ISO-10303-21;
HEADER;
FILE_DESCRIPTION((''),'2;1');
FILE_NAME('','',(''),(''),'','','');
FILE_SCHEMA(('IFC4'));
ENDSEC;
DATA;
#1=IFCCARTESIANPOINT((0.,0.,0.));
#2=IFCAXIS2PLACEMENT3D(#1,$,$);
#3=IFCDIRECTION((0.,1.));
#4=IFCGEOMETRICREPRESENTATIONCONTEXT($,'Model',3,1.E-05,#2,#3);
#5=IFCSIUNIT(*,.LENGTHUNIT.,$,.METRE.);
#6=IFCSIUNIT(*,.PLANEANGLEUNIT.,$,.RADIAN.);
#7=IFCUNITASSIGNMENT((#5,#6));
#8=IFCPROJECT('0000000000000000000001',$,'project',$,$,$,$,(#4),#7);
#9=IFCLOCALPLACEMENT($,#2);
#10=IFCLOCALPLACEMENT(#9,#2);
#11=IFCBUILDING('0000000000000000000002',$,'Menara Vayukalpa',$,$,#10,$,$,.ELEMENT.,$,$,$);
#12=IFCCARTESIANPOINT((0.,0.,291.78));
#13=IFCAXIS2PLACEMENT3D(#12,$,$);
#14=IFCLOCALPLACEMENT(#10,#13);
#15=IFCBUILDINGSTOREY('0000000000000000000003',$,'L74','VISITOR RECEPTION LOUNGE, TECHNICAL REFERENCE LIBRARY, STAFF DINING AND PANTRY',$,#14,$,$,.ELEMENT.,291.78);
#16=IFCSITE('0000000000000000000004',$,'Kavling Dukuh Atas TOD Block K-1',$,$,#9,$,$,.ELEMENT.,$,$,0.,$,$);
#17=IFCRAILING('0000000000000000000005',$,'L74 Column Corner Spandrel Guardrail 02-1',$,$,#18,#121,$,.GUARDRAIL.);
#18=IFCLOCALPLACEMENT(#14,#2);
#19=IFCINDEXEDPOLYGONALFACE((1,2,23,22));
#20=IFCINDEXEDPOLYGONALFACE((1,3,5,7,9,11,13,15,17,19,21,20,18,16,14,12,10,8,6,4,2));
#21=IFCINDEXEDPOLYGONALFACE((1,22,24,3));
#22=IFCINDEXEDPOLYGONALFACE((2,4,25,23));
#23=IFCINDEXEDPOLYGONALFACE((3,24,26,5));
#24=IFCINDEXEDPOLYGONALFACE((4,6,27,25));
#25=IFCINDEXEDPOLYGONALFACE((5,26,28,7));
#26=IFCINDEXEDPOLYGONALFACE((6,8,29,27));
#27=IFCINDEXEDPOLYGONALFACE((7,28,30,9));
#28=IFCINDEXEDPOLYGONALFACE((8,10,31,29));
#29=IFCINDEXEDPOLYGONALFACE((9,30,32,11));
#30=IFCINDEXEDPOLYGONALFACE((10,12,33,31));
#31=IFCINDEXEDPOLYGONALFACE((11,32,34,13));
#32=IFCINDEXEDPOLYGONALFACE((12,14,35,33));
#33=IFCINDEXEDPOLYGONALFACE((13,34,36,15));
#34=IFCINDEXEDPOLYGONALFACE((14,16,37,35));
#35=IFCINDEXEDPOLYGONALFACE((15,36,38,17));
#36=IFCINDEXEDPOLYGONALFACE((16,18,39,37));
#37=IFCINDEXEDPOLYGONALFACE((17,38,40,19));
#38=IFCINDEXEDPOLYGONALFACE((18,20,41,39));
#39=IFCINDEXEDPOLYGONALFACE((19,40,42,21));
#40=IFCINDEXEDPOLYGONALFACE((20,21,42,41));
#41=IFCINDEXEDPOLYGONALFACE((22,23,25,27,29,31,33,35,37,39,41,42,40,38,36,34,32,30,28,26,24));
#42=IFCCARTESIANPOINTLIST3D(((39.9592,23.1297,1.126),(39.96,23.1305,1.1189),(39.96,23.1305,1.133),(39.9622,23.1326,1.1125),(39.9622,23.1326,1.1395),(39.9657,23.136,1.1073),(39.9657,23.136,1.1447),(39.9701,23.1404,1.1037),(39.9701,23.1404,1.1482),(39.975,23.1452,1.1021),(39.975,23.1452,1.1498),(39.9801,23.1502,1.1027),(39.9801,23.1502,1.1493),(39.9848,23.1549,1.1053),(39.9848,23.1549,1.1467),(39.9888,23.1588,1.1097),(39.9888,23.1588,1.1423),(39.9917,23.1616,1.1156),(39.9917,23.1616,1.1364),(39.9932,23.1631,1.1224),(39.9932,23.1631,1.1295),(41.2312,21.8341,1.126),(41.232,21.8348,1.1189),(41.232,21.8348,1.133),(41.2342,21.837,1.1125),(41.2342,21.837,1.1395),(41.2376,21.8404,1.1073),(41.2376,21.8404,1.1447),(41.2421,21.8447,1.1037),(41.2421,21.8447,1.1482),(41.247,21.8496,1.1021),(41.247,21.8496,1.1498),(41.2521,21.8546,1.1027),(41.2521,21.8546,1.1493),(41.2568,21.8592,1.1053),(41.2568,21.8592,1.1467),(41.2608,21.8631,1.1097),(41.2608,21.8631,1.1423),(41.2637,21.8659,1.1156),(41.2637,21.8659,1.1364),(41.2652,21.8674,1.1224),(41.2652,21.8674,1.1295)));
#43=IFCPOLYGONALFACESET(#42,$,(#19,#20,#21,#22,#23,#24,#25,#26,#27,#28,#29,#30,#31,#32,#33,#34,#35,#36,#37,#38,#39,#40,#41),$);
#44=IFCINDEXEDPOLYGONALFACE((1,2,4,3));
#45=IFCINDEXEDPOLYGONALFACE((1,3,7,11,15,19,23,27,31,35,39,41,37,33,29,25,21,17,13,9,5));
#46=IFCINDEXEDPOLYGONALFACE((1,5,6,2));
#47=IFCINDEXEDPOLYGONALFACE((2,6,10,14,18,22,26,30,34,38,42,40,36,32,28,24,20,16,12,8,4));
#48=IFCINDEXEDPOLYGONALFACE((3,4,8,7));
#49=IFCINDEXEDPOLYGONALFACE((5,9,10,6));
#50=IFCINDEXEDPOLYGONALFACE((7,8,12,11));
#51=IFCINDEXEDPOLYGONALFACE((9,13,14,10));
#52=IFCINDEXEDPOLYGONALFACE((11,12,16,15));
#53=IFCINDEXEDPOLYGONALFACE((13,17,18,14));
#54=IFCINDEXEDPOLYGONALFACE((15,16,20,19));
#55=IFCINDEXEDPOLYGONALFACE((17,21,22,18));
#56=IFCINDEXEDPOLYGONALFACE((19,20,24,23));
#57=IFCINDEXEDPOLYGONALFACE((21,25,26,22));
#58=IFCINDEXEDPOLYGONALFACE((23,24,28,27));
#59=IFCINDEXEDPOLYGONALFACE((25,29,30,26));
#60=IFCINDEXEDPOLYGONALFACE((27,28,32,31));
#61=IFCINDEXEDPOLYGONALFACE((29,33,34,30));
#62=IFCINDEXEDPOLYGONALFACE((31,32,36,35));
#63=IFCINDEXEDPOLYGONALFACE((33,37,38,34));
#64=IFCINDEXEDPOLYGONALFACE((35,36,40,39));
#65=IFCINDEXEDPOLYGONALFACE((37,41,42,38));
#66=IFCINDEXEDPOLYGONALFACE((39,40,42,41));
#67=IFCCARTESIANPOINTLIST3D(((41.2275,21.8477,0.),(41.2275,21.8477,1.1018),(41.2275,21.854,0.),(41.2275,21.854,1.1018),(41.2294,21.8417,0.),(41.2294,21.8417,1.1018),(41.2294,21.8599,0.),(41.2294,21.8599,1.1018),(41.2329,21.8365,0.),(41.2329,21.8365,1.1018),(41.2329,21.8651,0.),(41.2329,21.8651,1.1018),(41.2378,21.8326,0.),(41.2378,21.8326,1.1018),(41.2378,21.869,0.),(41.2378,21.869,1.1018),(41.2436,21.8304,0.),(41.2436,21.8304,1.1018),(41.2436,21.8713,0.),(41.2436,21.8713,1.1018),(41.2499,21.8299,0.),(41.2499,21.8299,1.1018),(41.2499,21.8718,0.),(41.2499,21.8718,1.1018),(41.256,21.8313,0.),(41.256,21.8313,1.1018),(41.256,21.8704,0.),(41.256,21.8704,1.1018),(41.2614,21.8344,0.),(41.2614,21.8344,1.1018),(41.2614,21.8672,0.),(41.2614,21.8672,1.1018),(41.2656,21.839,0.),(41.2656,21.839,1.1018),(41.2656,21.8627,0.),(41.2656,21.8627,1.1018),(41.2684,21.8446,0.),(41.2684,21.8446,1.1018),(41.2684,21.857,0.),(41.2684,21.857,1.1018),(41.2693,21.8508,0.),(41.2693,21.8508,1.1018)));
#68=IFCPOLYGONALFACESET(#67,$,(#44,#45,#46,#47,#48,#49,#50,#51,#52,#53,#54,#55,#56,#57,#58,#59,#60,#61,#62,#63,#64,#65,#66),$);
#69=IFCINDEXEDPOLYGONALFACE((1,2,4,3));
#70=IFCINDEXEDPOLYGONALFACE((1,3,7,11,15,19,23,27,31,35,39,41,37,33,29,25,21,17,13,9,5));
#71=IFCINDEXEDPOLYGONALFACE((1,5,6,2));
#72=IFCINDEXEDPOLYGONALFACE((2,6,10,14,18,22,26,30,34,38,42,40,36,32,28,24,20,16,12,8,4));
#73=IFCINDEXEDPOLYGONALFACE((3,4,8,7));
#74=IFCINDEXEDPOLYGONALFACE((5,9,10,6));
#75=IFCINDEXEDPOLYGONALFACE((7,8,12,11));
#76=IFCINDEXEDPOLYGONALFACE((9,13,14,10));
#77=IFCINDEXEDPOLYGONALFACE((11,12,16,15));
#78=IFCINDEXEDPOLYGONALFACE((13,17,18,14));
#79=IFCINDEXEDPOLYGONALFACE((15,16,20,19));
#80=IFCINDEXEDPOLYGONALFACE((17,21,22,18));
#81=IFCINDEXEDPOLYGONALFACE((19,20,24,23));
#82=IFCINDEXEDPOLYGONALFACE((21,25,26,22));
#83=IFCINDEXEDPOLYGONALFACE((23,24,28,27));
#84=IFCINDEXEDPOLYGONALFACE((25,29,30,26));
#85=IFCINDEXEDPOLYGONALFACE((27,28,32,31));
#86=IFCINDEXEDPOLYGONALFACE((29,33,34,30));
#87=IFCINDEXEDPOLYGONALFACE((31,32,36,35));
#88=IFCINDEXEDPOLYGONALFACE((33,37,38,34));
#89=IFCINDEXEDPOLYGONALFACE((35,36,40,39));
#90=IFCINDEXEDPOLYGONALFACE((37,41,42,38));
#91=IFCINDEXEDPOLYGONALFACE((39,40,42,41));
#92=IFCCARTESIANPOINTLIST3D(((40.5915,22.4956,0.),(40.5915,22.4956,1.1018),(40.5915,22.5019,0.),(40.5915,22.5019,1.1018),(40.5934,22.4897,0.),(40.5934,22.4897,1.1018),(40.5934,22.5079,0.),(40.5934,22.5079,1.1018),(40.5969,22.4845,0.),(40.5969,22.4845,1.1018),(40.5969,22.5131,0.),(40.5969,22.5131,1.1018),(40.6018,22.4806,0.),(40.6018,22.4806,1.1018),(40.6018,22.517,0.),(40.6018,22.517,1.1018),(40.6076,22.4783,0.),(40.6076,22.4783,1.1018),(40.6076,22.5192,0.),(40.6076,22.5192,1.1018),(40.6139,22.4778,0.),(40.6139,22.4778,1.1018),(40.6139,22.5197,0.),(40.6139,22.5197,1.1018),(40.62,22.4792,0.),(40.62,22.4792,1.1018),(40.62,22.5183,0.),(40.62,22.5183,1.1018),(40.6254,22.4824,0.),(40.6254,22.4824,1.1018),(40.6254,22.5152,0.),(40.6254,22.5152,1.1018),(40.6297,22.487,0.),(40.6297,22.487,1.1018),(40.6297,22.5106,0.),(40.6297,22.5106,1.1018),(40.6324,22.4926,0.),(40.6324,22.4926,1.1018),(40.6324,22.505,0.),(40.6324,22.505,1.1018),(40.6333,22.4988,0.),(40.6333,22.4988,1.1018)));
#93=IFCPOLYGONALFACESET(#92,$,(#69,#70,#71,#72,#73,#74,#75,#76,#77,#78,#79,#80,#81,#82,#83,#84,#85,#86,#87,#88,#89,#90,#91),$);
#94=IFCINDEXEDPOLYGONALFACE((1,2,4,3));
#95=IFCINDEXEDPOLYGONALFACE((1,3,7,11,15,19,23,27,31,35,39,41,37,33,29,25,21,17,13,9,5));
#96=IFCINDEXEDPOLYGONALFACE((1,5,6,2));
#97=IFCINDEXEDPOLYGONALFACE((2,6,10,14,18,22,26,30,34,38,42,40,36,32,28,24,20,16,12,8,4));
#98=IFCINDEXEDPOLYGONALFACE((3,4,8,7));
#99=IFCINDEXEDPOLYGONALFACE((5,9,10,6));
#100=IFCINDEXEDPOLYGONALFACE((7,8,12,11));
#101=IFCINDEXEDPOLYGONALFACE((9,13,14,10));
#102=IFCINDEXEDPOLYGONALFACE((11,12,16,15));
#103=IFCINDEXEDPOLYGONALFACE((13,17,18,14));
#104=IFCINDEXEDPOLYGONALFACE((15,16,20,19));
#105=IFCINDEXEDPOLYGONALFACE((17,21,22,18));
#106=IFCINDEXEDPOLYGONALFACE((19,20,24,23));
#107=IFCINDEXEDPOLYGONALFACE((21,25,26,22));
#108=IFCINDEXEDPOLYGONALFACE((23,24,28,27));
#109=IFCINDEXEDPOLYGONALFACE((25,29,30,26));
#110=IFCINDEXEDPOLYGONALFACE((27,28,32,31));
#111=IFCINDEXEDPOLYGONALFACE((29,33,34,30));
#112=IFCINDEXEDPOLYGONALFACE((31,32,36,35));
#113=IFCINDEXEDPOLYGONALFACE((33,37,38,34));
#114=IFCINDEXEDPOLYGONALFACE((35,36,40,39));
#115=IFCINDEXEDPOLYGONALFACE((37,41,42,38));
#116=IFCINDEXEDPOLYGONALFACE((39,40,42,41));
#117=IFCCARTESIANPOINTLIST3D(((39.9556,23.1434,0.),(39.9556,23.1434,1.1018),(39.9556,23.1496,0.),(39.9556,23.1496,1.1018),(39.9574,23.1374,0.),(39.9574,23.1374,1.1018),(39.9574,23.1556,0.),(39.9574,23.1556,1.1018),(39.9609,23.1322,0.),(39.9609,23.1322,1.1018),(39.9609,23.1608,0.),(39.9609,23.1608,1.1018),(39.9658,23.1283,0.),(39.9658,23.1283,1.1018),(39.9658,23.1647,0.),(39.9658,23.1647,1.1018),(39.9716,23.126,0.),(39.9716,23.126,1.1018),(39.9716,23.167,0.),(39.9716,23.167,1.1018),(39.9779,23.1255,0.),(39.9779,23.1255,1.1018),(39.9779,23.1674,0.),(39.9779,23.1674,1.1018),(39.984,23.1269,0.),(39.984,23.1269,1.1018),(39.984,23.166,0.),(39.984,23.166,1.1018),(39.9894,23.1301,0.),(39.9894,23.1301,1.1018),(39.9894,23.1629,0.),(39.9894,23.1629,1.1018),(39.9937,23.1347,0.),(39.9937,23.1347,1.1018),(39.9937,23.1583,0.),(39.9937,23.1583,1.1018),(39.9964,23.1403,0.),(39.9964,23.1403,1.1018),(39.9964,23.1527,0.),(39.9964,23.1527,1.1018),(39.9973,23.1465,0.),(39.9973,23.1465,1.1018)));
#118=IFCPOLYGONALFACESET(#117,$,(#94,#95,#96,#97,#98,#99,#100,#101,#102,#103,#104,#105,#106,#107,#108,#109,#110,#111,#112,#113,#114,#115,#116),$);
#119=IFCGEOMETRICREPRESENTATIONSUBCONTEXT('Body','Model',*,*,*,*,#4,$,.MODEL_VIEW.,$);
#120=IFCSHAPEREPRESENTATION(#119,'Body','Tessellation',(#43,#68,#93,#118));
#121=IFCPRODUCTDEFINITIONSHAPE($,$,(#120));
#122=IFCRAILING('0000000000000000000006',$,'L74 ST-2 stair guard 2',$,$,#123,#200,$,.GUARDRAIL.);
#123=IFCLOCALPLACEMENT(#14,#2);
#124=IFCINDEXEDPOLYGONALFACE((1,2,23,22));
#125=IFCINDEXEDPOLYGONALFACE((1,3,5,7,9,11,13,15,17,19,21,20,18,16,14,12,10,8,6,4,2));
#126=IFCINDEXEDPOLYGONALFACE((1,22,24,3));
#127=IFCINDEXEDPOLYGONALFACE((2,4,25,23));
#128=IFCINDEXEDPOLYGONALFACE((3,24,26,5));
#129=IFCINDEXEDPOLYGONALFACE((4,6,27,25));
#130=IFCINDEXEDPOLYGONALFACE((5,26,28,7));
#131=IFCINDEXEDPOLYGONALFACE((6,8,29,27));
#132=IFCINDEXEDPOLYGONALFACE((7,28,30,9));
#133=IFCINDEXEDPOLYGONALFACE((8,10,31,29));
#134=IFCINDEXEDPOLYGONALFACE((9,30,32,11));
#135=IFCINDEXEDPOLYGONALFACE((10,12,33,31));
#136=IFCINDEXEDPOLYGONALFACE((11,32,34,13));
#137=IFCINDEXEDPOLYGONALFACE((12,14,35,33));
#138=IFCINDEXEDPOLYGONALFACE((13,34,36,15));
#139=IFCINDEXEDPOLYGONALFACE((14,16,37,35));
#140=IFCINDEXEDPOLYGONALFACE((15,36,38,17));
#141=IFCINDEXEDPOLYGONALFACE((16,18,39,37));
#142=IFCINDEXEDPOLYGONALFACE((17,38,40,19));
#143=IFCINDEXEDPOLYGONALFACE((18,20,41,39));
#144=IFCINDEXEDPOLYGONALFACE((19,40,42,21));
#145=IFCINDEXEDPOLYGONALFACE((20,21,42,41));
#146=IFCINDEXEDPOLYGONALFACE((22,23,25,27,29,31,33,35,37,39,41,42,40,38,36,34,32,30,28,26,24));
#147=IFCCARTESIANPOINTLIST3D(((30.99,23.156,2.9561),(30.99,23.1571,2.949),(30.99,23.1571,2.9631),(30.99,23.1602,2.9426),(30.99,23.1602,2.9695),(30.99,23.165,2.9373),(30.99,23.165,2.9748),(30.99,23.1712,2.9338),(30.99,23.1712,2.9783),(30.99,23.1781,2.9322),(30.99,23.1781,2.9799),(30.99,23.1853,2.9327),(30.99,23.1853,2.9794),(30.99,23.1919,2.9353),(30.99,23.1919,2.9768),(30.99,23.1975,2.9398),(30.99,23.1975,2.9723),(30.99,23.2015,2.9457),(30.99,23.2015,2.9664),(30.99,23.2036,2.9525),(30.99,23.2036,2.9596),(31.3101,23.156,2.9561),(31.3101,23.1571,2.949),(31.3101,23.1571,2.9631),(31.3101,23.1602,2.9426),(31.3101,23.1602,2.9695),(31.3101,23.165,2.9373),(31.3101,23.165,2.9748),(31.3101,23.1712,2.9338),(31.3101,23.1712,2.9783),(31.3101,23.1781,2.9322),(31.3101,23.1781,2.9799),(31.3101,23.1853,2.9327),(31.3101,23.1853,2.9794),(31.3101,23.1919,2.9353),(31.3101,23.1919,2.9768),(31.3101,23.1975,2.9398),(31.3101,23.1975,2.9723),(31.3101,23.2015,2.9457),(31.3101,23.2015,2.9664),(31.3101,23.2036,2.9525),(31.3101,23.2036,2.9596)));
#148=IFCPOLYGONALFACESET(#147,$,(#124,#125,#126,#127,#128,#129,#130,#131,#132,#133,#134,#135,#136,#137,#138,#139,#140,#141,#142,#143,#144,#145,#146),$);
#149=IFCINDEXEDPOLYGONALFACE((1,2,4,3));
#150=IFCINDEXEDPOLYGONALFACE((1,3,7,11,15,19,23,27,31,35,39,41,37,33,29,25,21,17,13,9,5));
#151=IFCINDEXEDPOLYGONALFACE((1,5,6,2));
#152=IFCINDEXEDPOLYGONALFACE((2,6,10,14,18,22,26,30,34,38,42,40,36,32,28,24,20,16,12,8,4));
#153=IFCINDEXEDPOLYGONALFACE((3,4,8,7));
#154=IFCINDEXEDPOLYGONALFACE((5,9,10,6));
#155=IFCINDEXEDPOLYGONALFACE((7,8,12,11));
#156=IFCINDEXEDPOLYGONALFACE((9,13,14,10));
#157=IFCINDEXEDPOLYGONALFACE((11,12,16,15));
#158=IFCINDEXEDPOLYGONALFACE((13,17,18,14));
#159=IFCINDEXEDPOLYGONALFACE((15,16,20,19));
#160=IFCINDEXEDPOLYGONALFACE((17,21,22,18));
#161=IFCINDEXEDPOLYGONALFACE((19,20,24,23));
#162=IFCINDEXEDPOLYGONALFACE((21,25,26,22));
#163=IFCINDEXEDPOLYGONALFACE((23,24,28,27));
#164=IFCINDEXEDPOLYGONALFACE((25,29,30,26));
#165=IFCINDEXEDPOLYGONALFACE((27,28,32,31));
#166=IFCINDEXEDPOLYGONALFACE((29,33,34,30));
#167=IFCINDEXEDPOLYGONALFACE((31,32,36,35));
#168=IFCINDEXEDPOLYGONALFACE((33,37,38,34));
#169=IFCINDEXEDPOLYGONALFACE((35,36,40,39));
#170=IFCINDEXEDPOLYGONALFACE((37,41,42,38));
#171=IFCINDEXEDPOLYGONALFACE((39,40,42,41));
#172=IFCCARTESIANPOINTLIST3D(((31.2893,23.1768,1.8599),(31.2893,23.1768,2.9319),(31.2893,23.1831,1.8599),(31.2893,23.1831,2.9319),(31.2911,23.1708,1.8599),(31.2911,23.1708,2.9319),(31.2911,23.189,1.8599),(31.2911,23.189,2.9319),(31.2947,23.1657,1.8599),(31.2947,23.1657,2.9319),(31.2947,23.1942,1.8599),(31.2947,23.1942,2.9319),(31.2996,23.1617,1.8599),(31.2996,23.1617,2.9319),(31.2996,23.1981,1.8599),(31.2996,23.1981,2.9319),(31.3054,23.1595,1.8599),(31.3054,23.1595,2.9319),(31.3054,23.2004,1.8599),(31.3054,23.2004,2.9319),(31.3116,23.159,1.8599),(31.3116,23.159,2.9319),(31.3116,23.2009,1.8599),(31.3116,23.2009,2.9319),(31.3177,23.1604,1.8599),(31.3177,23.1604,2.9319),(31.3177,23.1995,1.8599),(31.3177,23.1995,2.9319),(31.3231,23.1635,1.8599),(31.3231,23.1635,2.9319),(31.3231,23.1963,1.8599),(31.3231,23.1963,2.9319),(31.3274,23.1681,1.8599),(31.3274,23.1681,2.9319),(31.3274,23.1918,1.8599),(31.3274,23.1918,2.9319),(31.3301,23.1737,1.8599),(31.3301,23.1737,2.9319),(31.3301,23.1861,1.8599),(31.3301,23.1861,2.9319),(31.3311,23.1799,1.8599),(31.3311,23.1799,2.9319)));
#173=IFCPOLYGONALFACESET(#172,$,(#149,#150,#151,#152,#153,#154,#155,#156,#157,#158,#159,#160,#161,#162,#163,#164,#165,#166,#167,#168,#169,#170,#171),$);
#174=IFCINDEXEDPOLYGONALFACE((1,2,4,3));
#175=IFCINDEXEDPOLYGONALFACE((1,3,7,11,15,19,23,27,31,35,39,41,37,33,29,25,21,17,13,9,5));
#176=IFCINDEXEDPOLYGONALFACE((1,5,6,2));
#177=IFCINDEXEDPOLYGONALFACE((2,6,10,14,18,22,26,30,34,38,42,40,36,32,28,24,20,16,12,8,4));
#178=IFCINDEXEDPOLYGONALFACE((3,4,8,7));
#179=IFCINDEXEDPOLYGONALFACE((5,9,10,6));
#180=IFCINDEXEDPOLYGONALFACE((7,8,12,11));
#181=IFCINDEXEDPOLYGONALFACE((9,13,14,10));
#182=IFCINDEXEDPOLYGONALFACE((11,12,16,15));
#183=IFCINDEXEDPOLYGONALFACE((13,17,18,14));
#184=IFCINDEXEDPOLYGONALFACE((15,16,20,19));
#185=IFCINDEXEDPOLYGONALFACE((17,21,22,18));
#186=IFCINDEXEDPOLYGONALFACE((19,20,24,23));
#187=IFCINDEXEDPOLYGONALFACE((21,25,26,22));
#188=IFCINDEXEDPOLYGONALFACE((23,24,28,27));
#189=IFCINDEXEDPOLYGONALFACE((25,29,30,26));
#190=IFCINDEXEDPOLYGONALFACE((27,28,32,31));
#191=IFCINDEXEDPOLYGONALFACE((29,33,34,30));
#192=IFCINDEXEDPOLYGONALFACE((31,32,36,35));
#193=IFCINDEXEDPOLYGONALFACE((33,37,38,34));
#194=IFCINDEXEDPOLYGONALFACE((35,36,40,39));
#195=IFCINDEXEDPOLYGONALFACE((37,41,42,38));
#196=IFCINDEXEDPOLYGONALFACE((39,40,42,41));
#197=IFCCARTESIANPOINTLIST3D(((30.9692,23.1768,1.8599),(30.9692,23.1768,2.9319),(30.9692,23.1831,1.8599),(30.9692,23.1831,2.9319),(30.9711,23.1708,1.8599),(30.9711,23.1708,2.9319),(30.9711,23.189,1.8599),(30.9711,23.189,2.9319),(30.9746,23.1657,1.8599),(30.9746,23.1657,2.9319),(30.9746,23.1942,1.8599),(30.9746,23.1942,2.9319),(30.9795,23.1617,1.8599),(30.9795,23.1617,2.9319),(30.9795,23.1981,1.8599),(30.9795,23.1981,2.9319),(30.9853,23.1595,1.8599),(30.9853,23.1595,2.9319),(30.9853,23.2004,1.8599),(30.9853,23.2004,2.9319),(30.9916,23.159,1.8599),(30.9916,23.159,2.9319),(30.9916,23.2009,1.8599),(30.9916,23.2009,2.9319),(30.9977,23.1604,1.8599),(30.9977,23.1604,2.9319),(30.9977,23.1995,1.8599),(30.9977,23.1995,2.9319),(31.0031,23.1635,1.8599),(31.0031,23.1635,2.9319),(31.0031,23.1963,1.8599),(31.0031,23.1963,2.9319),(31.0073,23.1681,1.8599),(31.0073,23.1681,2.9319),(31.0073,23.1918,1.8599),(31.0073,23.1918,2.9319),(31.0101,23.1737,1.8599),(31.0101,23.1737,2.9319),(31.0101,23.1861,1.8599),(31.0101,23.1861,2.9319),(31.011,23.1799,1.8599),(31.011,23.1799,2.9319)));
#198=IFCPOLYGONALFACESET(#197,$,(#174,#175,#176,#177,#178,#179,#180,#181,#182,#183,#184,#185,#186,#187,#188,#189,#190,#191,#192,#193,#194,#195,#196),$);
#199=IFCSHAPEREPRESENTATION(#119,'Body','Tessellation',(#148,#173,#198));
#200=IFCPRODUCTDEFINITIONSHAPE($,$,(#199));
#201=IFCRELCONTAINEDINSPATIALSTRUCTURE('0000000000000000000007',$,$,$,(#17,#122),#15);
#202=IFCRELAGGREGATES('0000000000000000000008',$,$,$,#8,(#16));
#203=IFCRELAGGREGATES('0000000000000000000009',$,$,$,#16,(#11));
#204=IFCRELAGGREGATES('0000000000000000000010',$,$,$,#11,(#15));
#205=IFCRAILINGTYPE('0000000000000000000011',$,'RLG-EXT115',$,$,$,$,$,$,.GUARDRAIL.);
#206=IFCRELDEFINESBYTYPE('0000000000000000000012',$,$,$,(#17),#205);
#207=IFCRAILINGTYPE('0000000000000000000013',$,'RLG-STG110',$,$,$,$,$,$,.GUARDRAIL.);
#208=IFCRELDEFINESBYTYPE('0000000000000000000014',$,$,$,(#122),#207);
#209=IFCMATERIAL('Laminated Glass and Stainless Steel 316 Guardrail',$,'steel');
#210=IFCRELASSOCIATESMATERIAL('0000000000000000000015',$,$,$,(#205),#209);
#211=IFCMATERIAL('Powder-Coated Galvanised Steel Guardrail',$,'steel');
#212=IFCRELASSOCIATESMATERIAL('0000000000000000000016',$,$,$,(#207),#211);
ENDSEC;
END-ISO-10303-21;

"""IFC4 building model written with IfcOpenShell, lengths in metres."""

from ifc_helpers import new_model, si_unit, direction, frame, origin, origin_2d, place, context, subcontext, project, spatial, circle, extrude, material, type_object, element, save


model = new_model("IFC4")

# Units and contexts
model_context = context("Model", 3, precision=1e-05, world=origin(), true_north=direction((0.0, 1.0)))
body_context = subcontext(model_context, "Body", "Model", "MODEL_VIEW")
ifc_project = project(units=[si_unit("LENGTHUNIT", "METRE"), si_unit("PLANEANGLEUNIT", "RADIAN")], contexts=[model_context])

# Site, building, storey
site_placement = place(None, origin())
site = spatial("IfcSite", under=ifc_project, at=site_placement, Name="Kavling Dukuh Atas TOD Block K-1", CompositionType="ELEMENT", RefElevation=0.0)
building_placement = place(site_placement, origin())
building = spatial("IfcBuilding", under=site, at=building_placement, Name="Menara Vayukalpa", CompositionType="ELEMENT")
storey_placement = place(building_placement, frame((0.0, 0.0, 291.78)))
storey = spatial("IfcBuildingStorey", under=building, at=storey_placement, Name="L74", Description="VISITOR RECEPTION LOUNGE, TECHNICAL REFERENCE LIBRARY, STAFF DINING AND PANTRY", CompositionType="ELEMENT", Elevation=291.78)

# Railings
ifc_material_1 = material(Name="Laminated Glass and Stainless Steel 316 Guardrail", Category="steel")
railing_type_1 = type_object("IfcRailingType", Name="RLG-EXT115", PredefinedType="GUARDRAIL", material=ifc_material_1)
railing_1_placement = place(storey_placement, frame((41.2483, 21.8508, 0.0)))
element("IfcRailing", 1, at=railing_1_placement, inside=storey, type_object=railing_type_1, Name="L74 Column Corner Spandrel Guardrail 02-1", PredefinedType="GUARDRAIL", context=body_context, shape_type="SweptSolid", body=[
    extrude(circle(Radius=0.0239, at=origin_2d()), frame((0.0, 0.0, 1.126), z_axis=(-0.700555, 0.713598, 0.0), x_axis=(-0.713598, -0.700555, 0.0)), (0.0, 0.0, 1.0), 1.8157),
    extrude(circle(Radius=0.021, at=origin_2d()), origin(), (0.0, 0.0, 1.0), 1.1018),
    extrude(circle(Radius=0.021, at=origin_2d()), frame((-0.636, 0.6479, 0.0)), (0.0, 0.0, 1.0), 1.1018),
    extrude(circle(Radius=0.021, at=origin_2d()), frame((-1.272, 1.2957, 0.0)), (0.0, 0.0, 1.0), 1.1018),
])
ifc_material_2 = material(Name="Powder-Coated Galvanised Steel Guardrail", Category="steel")
railing_type_2 = type_object("IfcRailingType", Name="RLG-STG110", PredefinedType="GUARDRAIL", material=ifc_material_2)
railing_2_placement = place(storey_placement, frame((31.3101, 23.1799, 1.8599)))
element("IfcRailing", 2, at=railing_2_placement, inside=storey, type_object=railing_type_2, Name="L74 ST-2 stair guard 2", PredefinedType="GUARDRAIL", context=body_context, shape_type="SweptSolid", body=[
    extrude(circle(Radius=0.0239, at=origin_2d()), frame((0.0, 0.0, 1.0962), z_axis=(-1.0, 0.0, 0.0), x_axis=(0.0, -1.0, 0.0)), (0.0, 0.0, 1.0), 0.3201),
    extrude(circle(Radius=0.021, at=origin_2d()), origin(), (0.0, 0.0, 1.0), 1.072),
    extrude(circle(Radius=0.021, at=origin_2d()), frame((-0.3201, 0.0, 0.0)), (0.0, 0.0, 1.0), 1.072),
])

save(model, "model.ifc")
